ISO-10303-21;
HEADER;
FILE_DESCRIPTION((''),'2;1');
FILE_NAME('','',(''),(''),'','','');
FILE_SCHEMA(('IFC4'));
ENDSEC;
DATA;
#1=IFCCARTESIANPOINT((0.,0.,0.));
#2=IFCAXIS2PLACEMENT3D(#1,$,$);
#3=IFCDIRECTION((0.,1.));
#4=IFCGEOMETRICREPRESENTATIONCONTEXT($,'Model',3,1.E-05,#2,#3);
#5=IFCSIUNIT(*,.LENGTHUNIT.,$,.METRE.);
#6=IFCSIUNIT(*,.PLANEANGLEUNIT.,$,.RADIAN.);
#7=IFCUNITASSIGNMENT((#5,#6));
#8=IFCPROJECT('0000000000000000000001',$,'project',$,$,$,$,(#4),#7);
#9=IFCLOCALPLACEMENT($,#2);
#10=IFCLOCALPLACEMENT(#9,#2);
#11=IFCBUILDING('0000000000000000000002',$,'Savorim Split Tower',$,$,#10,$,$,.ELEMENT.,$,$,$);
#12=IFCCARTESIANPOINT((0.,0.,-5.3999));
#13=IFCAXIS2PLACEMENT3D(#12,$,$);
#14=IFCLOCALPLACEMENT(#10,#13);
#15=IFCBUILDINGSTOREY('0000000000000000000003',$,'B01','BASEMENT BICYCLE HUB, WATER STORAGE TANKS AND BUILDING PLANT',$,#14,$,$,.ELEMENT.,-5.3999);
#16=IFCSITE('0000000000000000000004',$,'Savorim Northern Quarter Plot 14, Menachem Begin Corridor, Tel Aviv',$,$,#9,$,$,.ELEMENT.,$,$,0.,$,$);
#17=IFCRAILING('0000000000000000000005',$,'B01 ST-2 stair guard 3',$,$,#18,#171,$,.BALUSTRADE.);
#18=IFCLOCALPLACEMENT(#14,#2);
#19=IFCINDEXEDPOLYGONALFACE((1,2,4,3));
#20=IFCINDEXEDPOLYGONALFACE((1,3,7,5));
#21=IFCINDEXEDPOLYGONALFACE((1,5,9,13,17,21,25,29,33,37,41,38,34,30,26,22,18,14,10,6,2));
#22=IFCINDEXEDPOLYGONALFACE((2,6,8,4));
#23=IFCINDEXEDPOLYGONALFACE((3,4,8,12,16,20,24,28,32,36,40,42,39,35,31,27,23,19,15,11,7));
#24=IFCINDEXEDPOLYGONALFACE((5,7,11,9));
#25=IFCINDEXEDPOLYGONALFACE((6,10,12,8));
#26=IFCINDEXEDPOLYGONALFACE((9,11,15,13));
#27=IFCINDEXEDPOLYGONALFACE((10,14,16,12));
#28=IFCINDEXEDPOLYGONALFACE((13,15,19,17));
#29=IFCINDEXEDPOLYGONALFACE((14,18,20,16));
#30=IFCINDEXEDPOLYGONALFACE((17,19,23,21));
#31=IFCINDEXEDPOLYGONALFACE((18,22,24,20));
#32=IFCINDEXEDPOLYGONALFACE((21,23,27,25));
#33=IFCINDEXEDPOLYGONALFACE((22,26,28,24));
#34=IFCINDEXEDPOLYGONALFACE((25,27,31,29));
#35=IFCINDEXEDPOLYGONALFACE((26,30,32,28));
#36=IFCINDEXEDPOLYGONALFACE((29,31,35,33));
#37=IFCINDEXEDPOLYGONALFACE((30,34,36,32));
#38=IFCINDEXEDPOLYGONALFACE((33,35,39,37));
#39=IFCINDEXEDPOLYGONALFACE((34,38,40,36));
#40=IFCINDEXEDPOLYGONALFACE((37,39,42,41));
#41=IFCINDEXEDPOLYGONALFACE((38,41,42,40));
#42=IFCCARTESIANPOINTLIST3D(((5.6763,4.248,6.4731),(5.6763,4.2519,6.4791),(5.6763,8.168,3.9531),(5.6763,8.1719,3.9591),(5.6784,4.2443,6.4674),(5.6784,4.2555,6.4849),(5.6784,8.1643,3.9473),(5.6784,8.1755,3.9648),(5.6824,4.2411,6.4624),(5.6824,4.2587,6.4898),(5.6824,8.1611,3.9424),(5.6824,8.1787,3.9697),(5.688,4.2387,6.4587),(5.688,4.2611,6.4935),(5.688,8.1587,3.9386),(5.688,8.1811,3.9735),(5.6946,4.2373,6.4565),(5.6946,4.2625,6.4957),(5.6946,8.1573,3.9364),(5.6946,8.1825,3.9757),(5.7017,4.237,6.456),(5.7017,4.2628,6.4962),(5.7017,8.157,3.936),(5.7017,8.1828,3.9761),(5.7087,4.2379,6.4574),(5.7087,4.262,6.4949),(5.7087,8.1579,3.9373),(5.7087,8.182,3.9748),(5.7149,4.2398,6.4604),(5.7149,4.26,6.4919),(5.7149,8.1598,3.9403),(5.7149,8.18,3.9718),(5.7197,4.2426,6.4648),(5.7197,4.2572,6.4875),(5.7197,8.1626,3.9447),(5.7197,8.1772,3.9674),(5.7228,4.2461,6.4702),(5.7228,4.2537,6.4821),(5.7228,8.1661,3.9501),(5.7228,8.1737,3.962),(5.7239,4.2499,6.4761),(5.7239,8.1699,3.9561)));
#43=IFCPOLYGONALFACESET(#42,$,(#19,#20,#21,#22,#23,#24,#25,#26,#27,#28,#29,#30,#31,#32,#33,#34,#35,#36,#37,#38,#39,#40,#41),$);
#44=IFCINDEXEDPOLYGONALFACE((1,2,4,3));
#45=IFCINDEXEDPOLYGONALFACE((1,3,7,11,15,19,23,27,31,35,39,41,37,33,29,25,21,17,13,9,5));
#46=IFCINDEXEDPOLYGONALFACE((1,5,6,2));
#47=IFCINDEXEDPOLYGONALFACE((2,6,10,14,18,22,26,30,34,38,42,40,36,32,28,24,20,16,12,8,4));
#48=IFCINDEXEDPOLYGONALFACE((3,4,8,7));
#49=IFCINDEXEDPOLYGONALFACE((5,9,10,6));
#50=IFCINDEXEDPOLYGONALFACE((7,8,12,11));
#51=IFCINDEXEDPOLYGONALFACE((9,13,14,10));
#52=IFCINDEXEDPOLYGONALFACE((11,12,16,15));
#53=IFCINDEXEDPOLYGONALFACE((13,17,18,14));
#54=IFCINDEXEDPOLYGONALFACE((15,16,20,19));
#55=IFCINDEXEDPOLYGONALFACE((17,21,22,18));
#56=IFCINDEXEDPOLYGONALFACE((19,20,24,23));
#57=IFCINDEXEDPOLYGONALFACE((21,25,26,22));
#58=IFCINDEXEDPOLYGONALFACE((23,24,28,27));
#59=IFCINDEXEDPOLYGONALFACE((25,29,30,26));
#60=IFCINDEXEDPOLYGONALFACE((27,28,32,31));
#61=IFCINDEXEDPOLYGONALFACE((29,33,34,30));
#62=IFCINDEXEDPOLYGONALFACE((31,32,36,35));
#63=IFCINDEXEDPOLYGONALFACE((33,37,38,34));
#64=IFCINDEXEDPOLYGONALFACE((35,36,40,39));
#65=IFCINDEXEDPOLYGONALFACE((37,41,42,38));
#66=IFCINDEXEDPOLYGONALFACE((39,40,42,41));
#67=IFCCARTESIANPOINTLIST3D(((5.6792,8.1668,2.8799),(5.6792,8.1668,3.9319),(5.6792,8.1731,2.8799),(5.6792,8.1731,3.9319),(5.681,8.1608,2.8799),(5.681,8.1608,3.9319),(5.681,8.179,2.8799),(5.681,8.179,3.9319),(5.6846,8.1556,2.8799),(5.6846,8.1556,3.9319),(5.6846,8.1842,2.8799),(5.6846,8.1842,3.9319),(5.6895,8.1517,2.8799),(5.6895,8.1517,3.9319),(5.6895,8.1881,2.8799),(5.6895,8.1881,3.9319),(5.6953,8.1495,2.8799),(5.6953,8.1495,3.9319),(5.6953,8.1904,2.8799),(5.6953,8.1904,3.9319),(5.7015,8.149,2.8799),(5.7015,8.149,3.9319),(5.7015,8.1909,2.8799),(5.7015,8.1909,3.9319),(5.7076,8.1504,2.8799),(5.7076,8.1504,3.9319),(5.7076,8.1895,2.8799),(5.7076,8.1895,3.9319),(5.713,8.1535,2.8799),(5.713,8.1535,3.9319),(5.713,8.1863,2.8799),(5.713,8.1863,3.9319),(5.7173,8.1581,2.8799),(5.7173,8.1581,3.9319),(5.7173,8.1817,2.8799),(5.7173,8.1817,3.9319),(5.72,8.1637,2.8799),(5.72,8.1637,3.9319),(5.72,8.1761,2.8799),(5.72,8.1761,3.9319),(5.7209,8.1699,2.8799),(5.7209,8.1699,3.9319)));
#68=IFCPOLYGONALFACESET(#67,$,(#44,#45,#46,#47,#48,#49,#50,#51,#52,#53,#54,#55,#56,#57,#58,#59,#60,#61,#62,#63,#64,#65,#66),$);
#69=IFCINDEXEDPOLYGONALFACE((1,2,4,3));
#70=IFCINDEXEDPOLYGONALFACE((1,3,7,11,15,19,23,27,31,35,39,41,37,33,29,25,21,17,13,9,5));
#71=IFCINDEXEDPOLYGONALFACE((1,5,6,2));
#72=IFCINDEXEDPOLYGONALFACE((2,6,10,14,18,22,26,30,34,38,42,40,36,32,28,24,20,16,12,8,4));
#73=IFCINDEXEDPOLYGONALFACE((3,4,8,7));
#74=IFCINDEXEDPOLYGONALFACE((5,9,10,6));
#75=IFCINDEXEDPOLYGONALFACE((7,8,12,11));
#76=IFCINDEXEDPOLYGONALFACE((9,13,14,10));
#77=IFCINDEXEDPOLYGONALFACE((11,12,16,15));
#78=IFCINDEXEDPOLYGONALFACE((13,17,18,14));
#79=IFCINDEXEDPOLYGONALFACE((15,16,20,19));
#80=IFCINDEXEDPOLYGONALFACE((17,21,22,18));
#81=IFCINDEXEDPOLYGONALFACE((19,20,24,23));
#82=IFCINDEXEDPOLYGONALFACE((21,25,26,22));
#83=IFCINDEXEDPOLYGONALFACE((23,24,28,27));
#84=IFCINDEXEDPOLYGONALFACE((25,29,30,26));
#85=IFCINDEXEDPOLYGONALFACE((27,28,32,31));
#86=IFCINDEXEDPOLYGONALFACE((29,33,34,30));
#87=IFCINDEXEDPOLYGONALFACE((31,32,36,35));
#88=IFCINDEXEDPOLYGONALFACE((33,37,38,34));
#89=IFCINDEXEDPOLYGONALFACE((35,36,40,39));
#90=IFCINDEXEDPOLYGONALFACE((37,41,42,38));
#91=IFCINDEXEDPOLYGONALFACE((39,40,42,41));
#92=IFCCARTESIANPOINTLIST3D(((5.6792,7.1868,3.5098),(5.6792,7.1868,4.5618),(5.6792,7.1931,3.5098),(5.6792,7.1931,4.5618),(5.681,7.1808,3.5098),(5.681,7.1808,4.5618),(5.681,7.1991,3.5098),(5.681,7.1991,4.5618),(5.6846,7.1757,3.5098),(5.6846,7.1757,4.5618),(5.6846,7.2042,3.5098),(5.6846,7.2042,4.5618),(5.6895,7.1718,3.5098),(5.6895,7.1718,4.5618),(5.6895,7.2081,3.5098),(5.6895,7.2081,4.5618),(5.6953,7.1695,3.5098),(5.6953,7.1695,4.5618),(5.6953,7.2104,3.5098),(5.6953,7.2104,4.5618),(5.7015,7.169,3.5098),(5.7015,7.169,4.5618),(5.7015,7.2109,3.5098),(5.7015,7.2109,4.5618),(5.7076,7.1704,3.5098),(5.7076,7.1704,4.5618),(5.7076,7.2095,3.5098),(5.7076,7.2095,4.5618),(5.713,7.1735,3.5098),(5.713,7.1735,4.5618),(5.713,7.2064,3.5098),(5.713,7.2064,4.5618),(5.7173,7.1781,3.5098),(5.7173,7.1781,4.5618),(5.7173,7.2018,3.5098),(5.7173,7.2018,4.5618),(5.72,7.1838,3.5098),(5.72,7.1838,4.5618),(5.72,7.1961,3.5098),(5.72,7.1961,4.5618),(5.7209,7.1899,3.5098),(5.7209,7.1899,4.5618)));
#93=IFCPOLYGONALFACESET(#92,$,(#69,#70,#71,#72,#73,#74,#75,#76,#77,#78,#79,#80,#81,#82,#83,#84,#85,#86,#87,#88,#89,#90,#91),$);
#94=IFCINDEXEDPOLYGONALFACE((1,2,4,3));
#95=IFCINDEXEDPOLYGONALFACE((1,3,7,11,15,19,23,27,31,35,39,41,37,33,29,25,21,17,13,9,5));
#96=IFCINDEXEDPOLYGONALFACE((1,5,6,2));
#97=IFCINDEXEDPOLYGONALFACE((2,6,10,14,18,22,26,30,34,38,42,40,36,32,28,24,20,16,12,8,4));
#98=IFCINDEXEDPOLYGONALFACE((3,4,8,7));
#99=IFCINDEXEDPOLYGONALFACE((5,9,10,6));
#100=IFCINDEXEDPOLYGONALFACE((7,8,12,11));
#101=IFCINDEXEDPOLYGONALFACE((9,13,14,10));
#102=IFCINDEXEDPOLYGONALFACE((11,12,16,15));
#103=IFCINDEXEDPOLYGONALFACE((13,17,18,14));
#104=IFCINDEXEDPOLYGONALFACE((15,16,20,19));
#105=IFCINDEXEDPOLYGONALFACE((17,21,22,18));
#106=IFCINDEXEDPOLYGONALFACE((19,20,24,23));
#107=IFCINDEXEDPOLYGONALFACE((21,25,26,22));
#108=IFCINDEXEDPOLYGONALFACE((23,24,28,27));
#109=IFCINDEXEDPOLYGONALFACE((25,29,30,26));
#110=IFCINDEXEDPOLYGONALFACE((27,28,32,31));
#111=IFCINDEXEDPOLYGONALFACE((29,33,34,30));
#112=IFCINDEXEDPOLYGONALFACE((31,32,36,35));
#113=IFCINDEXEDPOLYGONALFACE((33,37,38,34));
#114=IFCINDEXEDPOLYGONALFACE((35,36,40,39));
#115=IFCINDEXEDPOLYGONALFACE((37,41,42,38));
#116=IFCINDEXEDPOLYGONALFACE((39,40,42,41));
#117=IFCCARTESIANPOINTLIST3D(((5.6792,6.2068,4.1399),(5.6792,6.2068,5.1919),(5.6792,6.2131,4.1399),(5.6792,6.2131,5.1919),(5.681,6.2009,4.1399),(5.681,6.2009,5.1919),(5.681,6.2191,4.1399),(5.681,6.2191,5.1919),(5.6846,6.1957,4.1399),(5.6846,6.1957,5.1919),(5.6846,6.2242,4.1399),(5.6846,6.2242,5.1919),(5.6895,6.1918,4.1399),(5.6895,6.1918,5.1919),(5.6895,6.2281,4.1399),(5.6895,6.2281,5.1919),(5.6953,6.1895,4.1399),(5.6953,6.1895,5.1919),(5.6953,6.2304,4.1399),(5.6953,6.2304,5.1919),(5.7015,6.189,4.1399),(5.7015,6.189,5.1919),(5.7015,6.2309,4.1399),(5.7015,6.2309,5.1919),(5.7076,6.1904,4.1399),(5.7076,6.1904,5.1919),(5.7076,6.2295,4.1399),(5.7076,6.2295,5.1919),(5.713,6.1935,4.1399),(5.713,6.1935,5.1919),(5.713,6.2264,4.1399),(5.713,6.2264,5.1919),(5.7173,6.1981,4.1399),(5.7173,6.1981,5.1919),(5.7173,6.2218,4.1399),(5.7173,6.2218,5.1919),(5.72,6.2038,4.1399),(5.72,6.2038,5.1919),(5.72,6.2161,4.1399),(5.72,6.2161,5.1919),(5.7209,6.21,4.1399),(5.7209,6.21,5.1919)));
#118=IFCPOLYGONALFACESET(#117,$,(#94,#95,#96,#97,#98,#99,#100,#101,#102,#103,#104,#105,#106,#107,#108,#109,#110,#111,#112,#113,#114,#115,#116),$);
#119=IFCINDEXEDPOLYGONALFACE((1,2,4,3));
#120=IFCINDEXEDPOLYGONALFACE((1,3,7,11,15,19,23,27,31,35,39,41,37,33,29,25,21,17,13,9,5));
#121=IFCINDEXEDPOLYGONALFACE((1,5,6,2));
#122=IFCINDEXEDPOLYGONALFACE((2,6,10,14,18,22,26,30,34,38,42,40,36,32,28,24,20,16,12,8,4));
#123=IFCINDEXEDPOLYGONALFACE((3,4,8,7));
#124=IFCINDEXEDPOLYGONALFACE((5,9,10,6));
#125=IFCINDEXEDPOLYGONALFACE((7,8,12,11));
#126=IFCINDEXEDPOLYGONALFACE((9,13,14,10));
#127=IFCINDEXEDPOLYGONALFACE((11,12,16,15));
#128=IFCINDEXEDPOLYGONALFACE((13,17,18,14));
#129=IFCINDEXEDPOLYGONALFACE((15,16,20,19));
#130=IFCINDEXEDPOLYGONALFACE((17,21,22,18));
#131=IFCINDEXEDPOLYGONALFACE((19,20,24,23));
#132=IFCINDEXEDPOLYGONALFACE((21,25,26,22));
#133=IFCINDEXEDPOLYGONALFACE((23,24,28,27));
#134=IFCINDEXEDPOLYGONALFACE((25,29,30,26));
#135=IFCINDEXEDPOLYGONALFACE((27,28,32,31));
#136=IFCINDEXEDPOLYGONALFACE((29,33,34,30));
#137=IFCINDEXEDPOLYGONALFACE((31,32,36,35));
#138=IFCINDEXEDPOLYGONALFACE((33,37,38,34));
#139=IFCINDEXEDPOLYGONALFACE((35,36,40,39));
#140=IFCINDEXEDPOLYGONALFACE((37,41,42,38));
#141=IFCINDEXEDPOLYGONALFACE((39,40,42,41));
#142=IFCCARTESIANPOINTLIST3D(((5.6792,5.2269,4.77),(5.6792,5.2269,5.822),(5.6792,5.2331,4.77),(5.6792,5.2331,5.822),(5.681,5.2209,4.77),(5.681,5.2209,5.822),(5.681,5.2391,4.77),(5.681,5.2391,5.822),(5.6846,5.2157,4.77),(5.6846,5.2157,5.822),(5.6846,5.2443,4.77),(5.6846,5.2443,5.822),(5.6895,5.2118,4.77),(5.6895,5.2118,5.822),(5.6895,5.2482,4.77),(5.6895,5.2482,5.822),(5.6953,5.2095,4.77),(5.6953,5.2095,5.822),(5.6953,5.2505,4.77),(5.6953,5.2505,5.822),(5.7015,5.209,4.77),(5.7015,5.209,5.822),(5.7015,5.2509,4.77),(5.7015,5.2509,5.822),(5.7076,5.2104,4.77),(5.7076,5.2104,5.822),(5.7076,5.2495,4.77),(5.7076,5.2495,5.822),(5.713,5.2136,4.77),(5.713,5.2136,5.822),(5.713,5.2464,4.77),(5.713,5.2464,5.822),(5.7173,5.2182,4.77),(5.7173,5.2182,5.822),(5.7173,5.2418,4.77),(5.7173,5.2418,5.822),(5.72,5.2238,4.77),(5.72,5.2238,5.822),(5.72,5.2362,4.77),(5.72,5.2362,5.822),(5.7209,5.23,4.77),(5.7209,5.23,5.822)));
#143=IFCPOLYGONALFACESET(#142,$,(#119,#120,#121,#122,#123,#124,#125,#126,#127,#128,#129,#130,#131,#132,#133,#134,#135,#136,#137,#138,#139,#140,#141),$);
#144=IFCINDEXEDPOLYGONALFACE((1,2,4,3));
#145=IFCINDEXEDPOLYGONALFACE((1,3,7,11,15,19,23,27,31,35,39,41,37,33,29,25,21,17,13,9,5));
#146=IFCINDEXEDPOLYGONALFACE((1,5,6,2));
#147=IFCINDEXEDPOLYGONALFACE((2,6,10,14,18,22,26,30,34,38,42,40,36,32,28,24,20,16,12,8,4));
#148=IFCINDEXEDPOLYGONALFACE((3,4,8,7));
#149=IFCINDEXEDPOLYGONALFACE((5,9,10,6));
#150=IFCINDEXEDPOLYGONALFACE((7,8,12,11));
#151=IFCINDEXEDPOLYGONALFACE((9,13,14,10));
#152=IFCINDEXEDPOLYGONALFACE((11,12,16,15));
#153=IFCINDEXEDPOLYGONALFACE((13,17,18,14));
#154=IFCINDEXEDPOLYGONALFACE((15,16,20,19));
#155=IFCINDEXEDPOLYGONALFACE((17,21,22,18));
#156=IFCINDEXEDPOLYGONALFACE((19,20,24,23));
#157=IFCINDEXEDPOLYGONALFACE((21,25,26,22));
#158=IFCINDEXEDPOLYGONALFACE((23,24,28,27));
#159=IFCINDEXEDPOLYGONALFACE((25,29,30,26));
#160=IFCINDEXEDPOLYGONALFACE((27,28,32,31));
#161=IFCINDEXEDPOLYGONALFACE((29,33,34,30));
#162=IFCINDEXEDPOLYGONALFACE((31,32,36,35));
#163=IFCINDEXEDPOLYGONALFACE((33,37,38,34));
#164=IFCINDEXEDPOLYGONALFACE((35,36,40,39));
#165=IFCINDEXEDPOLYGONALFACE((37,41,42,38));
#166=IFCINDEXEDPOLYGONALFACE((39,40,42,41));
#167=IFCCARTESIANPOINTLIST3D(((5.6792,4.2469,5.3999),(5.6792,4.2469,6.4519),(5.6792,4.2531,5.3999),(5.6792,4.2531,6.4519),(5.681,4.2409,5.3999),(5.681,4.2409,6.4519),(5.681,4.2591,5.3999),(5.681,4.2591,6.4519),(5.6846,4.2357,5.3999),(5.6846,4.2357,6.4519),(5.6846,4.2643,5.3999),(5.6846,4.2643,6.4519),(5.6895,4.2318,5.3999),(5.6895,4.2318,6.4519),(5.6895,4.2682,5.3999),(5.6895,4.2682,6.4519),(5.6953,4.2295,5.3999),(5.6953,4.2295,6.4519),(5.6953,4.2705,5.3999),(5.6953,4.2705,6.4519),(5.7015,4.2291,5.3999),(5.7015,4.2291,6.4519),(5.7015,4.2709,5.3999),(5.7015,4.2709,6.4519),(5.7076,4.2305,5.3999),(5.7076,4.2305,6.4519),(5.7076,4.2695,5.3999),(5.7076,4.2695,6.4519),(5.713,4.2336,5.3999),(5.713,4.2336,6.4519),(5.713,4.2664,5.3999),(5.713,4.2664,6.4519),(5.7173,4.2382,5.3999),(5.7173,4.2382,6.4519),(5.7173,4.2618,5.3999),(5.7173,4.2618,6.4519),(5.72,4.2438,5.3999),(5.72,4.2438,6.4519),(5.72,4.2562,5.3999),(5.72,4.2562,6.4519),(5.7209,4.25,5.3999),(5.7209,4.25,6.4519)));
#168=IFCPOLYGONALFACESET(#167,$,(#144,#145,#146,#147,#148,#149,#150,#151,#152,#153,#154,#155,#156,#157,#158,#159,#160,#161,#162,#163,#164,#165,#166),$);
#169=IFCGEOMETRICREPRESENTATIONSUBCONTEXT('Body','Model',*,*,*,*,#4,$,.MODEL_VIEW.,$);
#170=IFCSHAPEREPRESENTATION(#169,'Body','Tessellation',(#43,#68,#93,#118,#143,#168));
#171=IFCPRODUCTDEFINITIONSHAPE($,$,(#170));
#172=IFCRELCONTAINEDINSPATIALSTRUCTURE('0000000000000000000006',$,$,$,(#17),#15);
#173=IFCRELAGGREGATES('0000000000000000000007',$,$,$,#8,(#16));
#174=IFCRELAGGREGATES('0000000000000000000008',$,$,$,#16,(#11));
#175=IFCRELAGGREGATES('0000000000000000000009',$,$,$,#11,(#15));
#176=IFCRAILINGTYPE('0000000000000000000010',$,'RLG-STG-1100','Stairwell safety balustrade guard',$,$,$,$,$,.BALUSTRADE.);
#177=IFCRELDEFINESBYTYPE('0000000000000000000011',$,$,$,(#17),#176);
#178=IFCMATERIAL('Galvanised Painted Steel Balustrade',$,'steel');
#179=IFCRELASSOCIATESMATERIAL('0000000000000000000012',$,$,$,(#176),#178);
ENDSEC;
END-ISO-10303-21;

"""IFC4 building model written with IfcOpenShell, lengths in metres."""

from ifc_helpers import new_model, si_unit, direction, frame, origin, origin_2d, place, context, subcontext, project, spatial, circle, extrude, material, type_object, element, save


model = new_model("IFC4")

# Units and contexts
model_context = context("Model", 3, precision=1e-05, world=origin(), true_north=direction((0.0, 1.0)))
body_context = subcontext(model_context, "Body", "Model", "MODEL_VIEW")
ifc_project = project(units=[si_unit("LENGTHUNIT", "METRE"), si_unit("PLANEANGLEUNIT", "RADIAN")], contexts=[model_context])

# Site, building, storey
site_placement = place(None, origin())
site = spatial("IfcSite", under=ifc_project, at=site_placement, Name="Savorim Northern Quarter Plot 14, Menachem Begin Corridor, Tel Aviv", CompositionType="ELEMENT", RefElevation=0.0)
building_placement = place(site_placement, origin())
building = spatial("IfcBuilding", under=site, at=building_placement, Name="Savorim Split Tower", CompositionType="ELEMENT")
storey_placement = place(building_placement, frame((0.0, 0.0, -5.3999)))
storey = spatial("IfcBuildingStorey", under=building, at=storey_placement, Name="B01", Description="BASEMENT BICYCLE HUB, WATER STORAGE TANKS AND BUILDING PLANT", CompositionType="ELEMENT", Elevation=-5.3999)

# Railing
ifc_material_1 = material(Name="Galvanised Painted Steel Balustrade", Category="steel")
railing_type_1 = type_object("IfcRailingType", Name="RLG-STG-1100", Description="Stairwell safety balustrade guard", PredefinedType="BALUSTRADE", material=ifc_material_1)
railing_1_placement = place(storey_placement, frame((5.7, 8.1699, 2.8799)))
element("IfcRailing", 1, at=railing_1_placement, inside=storey, type_object=railing_type_1, Name="B01 ST-2 stair guard 3", PredefinedType="BALUSTRADE", context=body_context, shape_type="SweptSolid", body=[
    extrude(circle(Radius=0.0239, at=origin_2d()), frame((0.0, 0.0, 1.0762), z_axis=(0.0, -0.841172, 0.540768), x_axis=(1.0, 0.0, 0.0)), (0.0, 0.0, 1.0), 4.6602),
    extrude(circle(Radius=0.021, at=origin_2d()), origin(), (0.0, 0.0, 1.0), 1.052),
    extrude(circle(Radius=0.021, at=origin_2d()), frame((0.0, -0.98, 0.6299)), (0.0, 0.0, 1.0), 1.052),
    extrude(circle(Radius=0.021, at=origin_2d()), frame((0.0, -1.96, 1.26)), (0.0, 0.0, 1.0), 1.052),
    extrude(circle(Radius=0.021, at=origin_2d()), frame((0.0, -2.9399, 1.8901)), (0.0, 0.0, 1.0), 1.052),
    extrude(circle(Radius=0.021, at=origin_2d()), frame((0.0, -3.9199, 2.52)), (0.0, 0.0, 1.0), 1.052),
])

save(model, "model.ifc")
